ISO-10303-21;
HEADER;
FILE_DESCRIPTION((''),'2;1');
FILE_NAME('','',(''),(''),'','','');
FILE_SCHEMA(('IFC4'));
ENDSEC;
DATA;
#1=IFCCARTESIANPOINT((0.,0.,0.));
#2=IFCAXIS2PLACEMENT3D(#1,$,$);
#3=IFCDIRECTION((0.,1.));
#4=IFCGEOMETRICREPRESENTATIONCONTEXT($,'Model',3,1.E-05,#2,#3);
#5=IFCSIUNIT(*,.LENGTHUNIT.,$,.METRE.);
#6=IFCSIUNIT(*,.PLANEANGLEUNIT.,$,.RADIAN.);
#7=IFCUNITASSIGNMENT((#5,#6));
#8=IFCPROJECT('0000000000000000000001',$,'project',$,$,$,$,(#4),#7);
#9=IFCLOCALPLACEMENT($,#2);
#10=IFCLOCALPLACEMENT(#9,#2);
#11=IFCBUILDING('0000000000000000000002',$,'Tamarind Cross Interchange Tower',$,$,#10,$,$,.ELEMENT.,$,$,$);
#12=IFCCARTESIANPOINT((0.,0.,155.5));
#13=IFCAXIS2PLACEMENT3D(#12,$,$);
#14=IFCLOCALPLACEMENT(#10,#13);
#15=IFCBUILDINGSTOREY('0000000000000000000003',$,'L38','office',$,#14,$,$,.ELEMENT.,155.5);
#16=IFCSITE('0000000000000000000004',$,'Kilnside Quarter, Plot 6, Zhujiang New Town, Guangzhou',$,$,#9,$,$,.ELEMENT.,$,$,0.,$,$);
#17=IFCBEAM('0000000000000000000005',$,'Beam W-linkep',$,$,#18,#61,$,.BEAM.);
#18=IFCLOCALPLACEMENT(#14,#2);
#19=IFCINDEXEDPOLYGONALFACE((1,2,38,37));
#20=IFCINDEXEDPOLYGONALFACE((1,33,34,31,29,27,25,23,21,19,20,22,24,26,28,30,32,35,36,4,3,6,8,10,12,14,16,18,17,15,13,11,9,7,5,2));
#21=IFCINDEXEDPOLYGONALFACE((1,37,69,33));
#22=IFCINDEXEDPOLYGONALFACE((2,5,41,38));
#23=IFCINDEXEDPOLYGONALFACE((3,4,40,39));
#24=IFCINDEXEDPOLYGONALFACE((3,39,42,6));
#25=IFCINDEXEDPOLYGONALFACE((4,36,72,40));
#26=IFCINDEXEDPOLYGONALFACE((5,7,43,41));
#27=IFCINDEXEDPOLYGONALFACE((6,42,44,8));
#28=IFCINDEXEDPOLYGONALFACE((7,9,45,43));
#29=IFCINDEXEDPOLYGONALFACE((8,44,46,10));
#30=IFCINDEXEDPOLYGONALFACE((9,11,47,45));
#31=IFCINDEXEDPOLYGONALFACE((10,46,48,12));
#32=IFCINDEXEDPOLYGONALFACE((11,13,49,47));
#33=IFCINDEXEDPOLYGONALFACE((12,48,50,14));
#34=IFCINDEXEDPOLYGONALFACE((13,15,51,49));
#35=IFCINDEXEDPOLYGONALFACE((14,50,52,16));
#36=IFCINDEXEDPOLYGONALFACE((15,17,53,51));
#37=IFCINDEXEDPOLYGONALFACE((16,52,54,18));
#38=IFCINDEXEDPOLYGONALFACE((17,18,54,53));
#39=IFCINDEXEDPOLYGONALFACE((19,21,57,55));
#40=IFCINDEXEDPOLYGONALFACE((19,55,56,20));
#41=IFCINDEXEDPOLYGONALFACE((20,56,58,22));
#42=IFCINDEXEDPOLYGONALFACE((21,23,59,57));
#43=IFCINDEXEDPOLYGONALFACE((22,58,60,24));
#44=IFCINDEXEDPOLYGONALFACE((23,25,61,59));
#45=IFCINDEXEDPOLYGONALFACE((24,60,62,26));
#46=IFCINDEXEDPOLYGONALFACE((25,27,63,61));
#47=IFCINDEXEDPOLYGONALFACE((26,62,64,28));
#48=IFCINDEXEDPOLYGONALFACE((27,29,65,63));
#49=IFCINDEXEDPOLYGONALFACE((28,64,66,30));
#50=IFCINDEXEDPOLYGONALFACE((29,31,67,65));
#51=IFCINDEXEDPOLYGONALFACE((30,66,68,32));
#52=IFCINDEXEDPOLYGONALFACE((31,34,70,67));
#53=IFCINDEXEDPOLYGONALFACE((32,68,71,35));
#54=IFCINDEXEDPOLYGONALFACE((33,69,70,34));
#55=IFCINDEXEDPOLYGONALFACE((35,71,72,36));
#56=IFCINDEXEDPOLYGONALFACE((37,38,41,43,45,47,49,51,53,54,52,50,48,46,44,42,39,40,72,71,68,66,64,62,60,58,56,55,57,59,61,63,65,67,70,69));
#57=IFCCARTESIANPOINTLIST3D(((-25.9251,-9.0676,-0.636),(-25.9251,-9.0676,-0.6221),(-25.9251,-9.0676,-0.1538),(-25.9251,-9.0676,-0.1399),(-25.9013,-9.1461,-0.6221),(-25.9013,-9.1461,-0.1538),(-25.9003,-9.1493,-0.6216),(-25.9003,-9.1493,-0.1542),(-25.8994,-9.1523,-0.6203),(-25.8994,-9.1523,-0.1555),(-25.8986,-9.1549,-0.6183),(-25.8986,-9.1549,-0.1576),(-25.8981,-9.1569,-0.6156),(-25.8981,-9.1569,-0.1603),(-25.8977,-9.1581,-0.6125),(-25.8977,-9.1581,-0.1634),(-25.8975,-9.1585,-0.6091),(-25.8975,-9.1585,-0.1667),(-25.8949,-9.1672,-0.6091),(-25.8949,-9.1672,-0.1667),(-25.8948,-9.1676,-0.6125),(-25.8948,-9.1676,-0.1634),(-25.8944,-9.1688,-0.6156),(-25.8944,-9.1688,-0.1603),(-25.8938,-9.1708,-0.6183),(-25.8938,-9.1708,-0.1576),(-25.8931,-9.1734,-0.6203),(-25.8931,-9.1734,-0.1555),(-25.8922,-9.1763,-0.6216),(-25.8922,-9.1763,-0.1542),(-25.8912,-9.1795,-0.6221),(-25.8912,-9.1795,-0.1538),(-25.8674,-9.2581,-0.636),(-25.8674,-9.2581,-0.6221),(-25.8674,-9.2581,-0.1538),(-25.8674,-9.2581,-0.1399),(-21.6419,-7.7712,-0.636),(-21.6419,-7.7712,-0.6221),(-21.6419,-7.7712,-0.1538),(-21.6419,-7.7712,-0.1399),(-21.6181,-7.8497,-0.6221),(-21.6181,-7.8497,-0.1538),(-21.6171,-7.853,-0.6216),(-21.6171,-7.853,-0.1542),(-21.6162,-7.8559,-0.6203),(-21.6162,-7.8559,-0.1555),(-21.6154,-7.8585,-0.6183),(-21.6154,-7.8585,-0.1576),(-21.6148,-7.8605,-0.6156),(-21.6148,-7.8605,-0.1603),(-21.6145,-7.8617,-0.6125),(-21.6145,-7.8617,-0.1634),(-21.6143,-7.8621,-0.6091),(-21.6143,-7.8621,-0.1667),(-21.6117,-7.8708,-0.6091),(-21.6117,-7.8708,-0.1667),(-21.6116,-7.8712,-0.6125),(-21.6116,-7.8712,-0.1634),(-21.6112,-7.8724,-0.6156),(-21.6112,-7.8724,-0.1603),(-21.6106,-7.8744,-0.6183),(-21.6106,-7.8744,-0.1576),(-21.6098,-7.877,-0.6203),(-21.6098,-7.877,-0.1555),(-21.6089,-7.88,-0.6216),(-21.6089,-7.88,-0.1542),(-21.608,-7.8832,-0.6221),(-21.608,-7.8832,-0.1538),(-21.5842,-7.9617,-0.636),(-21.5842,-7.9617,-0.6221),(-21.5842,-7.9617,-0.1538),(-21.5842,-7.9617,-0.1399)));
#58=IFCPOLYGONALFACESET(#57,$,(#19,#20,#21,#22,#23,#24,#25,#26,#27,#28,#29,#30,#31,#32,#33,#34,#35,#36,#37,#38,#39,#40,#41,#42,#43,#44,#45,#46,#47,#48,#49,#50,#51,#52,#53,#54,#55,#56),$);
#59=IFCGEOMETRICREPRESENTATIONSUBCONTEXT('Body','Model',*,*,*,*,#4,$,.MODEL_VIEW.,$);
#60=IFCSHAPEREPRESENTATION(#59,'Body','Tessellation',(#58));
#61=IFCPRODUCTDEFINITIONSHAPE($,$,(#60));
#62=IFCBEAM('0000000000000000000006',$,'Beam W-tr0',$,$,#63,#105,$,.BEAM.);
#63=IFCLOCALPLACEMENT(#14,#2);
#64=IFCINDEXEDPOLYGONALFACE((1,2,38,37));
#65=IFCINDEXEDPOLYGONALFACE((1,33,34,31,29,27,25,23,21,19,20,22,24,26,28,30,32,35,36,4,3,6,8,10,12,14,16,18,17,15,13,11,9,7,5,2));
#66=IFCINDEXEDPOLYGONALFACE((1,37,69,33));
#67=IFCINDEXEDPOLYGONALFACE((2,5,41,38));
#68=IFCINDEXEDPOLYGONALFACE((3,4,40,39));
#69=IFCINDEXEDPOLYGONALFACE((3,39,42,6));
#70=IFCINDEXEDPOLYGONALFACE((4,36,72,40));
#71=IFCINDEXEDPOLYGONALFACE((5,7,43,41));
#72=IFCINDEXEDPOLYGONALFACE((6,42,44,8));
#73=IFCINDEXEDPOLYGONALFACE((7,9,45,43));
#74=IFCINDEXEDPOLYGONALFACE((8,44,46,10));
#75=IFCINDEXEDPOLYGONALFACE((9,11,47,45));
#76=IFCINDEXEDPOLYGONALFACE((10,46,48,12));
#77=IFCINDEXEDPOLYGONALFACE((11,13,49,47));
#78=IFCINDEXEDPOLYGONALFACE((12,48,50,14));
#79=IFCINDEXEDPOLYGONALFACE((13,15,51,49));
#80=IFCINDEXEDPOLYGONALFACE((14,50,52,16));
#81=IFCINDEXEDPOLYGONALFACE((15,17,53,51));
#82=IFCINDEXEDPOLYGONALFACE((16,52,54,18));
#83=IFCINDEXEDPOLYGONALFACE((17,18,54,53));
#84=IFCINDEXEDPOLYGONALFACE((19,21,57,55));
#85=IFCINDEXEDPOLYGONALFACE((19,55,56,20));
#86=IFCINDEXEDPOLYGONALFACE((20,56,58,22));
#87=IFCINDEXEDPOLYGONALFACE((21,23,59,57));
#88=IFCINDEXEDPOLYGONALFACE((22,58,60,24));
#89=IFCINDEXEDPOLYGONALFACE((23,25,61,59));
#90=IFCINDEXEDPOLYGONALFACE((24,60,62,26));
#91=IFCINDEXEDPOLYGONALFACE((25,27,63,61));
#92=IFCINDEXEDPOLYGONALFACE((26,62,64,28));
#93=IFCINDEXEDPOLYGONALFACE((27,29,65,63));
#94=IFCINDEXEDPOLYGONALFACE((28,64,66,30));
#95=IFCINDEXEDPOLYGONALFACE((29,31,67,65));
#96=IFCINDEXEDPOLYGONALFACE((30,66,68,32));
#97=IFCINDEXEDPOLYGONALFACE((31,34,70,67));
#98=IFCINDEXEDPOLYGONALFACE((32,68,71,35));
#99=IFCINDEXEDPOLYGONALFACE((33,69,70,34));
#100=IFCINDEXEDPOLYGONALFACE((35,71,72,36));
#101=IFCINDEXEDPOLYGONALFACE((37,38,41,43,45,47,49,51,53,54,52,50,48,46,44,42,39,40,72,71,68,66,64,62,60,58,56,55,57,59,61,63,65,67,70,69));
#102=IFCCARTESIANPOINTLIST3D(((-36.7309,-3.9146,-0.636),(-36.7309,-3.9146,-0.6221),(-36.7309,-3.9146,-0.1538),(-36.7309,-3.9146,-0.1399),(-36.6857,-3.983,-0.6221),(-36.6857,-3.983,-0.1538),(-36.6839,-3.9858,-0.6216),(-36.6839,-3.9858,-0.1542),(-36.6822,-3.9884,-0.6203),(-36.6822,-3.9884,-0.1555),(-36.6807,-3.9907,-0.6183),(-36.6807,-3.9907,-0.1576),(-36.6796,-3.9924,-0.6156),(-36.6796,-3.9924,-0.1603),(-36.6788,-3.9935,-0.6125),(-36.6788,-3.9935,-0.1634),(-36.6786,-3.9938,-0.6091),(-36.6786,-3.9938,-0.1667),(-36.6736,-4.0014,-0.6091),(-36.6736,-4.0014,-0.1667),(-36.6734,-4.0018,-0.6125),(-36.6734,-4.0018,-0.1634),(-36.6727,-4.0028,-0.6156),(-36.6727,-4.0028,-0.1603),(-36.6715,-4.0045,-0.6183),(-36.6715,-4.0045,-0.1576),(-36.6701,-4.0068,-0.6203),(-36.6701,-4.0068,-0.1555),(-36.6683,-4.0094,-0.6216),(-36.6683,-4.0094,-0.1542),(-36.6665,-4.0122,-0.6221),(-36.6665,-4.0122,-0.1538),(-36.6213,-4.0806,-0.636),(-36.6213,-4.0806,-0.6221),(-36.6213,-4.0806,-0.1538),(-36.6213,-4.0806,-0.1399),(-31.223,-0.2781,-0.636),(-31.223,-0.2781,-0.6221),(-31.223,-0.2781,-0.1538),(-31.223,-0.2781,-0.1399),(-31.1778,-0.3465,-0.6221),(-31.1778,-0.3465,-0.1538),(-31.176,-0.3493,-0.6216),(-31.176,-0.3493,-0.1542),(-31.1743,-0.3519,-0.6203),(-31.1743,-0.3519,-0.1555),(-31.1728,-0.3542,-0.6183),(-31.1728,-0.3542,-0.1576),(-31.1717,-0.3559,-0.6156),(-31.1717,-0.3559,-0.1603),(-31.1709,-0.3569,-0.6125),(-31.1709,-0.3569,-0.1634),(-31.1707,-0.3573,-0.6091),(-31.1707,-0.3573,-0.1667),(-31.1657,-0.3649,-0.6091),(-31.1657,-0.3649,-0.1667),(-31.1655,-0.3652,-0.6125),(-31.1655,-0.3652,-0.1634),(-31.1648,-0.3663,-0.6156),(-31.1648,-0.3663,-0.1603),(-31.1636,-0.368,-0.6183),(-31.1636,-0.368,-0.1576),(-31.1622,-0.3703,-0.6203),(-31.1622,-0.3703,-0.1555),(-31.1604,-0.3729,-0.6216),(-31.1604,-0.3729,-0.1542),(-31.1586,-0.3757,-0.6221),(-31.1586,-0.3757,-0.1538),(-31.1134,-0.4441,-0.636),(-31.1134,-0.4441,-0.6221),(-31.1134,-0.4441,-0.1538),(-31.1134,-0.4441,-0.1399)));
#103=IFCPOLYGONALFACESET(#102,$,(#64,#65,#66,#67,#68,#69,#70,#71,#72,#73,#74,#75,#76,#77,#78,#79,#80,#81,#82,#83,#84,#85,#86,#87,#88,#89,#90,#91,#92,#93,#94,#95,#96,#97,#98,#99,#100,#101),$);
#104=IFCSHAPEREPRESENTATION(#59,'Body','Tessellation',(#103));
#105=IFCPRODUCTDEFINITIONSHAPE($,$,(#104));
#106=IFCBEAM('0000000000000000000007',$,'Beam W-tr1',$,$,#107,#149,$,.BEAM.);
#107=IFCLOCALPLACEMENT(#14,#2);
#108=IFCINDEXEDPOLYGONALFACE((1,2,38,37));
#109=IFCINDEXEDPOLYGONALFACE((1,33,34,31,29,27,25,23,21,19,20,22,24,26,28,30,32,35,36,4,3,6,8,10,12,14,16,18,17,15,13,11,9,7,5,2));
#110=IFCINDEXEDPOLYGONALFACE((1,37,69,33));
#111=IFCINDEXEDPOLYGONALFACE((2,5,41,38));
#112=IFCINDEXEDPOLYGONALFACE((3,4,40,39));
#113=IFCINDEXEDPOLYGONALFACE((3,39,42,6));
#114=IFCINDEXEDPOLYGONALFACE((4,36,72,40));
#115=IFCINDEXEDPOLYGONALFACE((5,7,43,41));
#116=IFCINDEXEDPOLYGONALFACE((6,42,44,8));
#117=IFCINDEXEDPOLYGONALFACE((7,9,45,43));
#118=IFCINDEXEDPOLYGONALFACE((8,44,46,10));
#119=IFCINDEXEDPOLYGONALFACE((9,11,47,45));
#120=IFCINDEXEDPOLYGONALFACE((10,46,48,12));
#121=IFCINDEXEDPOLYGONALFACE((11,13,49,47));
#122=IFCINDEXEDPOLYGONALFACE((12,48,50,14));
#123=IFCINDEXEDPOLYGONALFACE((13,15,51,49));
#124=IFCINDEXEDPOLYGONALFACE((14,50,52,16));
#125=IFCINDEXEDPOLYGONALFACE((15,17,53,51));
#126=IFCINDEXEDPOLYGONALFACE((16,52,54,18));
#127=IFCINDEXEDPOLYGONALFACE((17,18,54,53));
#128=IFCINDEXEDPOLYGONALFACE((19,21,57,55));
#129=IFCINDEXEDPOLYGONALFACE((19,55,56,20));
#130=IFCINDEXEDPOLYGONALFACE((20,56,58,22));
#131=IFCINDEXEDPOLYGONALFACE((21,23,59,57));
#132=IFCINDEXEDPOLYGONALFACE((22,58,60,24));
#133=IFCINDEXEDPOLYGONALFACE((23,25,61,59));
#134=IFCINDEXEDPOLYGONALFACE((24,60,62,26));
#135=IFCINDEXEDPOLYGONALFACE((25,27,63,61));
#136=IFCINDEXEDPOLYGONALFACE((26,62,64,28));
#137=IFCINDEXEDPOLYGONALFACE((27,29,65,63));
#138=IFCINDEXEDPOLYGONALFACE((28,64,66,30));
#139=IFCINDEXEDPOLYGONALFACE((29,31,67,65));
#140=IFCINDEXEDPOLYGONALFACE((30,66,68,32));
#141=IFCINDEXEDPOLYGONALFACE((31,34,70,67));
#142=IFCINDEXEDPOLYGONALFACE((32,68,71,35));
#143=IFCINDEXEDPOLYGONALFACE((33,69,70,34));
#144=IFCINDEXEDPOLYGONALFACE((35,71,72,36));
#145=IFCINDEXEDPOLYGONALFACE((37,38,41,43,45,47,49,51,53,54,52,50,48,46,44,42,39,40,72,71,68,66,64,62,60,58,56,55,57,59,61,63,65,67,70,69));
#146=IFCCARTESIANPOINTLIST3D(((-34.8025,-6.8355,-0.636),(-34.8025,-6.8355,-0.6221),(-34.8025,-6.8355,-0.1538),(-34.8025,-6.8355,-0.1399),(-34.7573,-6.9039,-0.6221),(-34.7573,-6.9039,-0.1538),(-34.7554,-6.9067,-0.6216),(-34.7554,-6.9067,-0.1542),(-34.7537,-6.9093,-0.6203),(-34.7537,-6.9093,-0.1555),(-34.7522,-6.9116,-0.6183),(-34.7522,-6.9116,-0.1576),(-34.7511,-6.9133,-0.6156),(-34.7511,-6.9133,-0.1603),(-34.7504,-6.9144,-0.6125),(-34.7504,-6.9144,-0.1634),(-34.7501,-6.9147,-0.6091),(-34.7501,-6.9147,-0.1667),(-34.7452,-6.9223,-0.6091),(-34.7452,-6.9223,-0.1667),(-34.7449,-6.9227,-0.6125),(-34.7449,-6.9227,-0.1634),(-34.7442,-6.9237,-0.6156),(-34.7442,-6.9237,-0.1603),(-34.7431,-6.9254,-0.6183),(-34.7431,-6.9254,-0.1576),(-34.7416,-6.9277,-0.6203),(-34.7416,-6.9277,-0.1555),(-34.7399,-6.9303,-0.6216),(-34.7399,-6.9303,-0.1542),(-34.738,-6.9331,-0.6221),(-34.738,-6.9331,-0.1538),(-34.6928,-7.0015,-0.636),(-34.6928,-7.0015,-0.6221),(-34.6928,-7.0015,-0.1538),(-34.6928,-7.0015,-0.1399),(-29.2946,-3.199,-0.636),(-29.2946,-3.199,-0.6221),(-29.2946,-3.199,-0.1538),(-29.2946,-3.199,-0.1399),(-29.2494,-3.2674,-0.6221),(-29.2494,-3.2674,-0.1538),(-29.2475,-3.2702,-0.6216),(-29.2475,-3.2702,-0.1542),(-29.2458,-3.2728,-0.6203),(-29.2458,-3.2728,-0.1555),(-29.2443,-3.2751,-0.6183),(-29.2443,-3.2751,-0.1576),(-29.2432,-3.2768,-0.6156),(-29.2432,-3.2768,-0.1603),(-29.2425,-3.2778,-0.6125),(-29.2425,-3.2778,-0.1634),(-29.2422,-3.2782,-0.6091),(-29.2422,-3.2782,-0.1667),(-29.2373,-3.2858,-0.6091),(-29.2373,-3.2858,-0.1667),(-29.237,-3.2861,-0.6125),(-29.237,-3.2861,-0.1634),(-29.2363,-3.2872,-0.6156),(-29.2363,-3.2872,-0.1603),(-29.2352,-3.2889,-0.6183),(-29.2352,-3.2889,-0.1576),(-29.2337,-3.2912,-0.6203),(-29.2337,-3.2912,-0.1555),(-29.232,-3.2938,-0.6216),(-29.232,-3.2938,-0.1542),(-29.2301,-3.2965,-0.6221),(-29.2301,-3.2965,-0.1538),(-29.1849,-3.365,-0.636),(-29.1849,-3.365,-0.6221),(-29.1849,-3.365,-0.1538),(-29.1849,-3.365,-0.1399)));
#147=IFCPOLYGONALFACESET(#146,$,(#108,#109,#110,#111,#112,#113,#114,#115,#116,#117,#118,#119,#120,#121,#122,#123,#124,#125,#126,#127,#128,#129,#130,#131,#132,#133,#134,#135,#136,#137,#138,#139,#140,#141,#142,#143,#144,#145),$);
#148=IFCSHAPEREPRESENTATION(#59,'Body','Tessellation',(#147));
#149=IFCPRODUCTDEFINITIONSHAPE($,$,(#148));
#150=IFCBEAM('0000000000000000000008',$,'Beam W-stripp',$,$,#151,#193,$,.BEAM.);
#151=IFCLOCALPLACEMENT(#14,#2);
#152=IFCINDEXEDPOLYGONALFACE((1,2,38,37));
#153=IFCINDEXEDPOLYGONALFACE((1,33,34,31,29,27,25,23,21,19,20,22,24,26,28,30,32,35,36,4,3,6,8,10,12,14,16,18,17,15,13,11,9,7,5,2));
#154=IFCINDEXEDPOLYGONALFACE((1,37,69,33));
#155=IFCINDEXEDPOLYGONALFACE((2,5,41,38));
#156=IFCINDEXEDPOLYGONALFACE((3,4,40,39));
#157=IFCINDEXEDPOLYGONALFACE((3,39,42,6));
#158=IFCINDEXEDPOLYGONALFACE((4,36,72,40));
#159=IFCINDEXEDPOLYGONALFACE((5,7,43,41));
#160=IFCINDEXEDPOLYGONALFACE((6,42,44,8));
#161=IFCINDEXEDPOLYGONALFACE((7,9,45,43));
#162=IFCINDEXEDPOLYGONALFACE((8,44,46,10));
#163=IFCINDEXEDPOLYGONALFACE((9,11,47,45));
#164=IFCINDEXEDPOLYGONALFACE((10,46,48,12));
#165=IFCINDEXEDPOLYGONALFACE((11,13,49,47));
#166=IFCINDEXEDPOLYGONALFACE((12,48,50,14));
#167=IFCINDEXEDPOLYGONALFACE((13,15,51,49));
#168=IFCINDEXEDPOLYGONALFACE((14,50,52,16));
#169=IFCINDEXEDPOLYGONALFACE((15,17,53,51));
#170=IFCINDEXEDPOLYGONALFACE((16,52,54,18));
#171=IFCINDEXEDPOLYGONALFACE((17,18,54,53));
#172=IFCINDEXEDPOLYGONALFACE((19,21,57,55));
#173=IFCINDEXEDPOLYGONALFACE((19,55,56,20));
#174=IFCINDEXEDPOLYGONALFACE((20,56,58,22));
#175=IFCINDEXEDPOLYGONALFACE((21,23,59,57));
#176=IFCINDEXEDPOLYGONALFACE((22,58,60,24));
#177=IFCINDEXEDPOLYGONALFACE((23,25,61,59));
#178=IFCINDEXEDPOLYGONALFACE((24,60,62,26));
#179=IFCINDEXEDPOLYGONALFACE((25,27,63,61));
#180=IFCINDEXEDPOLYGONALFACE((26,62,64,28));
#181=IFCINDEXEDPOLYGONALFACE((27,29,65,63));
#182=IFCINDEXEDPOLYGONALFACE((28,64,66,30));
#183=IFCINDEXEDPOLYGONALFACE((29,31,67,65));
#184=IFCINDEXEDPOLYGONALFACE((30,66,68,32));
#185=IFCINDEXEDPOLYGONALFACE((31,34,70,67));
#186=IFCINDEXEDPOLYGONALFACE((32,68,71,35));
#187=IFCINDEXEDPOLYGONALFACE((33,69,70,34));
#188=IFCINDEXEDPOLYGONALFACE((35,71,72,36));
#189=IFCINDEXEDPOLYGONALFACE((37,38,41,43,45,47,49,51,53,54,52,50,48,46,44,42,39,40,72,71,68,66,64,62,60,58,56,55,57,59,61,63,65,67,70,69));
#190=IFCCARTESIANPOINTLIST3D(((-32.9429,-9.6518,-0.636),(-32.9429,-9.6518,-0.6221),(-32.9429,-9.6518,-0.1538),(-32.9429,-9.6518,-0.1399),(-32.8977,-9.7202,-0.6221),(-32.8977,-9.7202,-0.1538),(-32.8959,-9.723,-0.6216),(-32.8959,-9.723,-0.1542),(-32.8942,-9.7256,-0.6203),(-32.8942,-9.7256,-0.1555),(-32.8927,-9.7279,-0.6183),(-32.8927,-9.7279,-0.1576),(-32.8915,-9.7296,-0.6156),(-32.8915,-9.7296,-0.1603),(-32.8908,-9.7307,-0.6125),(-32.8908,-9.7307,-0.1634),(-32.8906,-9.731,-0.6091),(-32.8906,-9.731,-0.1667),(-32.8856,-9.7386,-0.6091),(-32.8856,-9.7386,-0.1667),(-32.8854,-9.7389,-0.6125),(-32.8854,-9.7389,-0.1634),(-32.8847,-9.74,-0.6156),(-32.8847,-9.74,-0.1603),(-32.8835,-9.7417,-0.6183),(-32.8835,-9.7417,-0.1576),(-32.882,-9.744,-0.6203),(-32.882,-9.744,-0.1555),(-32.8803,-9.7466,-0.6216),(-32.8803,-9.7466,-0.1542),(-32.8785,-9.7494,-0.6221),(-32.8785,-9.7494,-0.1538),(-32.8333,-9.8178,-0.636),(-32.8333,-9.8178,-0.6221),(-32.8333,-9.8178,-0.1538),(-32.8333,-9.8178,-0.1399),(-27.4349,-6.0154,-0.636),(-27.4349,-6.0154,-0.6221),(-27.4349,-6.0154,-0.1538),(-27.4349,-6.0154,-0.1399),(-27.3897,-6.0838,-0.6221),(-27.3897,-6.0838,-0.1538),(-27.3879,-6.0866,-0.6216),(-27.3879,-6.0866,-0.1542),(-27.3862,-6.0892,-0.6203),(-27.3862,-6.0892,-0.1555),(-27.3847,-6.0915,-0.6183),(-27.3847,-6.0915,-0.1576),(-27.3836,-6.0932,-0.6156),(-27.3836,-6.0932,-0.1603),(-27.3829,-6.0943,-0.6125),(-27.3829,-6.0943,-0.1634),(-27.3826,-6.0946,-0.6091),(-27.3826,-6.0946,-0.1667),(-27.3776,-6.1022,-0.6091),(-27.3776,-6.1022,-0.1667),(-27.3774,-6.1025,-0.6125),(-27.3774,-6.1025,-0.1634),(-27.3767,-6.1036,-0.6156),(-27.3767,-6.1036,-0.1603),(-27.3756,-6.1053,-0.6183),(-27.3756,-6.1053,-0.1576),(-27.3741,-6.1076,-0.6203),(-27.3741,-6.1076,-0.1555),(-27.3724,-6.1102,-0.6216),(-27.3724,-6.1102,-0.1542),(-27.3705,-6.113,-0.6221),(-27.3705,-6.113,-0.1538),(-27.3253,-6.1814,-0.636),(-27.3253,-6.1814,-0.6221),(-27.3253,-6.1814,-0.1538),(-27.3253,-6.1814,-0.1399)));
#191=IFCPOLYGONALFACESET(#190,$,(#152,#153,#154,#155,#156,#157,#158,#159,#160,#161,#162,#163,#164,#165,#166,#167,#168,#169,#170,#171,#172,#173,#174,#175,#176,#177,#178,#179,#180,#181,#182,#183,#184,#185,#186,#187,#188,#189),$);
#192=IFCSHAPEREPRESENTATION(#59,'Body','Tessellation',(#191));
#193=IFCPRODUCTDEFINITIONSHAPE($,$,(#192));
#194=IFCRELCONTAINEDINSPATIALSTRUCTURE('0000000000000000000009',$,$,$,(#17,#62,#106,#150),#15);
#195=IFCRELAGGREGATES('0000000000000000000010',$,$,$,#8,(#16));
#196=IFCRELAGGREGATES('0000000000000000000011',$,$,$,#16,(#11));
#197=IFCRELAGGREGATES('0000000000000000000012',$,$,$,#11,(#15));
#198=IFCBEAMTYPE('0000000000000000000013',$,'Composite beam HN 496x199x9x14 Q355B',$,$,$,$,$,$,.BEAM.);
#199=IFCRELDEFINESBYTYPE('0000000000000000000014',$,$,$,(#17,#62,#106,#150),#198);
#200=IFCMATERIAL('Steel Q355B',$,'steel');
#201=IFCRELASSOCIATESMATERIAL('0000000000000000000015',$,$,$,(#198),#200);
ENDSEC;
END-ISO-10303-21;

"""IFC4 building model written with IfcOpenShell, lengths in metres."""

from ifc_helpers import new_model, si_unit, direction, frame, origin, origin_2d, place, context, subcontext, project, spatial, i_section, extrude, material, material_profile, profile_set, type_object, element, save


model = new_model("IFC4")

# Units and contexts
model_context = context("Model", 3, precision=1e-05, world=origin(), true_north=direction((0.0, 1.0)))
body_context = subcontext(model_context, "Body", "Model", "MODEL_VIEW")
ifc_project = project(units=[si_unit("LENGTHUNIT", "METRE"), si_unit("PLANEANGLEUNIT", "RADIAN")], contexts=[model_context])

# Site, building, storey
site_placement = place(None, origin())
site = spatial("IfcSite", under=ifc_project, at=site_placement, Name="Kilnside Quarter, Plot 6, Zhujiang New Town, Guangzhou", CompositionType="ELEMENT", RefElevation=0.0)
building_placement = place(site_placement, origin())
building = spatial("IfcBuilding", under=site, at=building_placement, Name="Tamarind Cross Interchange Tower", CompositionType="ELEMENT")
storey_placement = place(building_placement, frame((0.0, 0.0, 155.5)))
storey = spatial("IfcBuildingStorey", under=building, at=storey_placement, Name="L38", Description="office", CompositionType="ELEMENT", Elevation=155.5)

# Beams
ifc_material_1 = material(Name="Steel Q355B", Category="steel")
ifc_material_profile_1 = material_profile(ifc_material_1, i_section(OverallWidth=0.199, OverallDepth=0.4961, WebThickness=0.009, FlangeThickness=0.0139, FilletRadius=0.0129, at=origin_2d()), Name="HN 496x199x9x14")
ifc_profile_set_1 = profile_set([ifc_material_profile_1], Name="Steel Q355B")
beam_type_1 = type_object("IfcBeamType", Name="Composite beam HN 496x199x9x14 Q355B", PredefinedType="BEAM", material=ifc_profile_set_1)
beam_1_placement = place(storey_placement, frame((-25.8962, -9.1628, -0.3879), z_axis=(0.957121, 0.289689, 0.0), x_axis=(-0.289689, 0.957121, 0.0)))
element("IfcBeam", 1, at=beam_1_placement, inside=storey, type_object=beam_type_1, Name="Beam W-linkep", PredefinedType="BEAM", context=body_context, shape_type="SweptSolid", body=[
    extrude(i_section(OverallWidth=0.199, OverallDepth=0.4961, WebThickness=0.009, FlangeThickness=0.0139, FilletRadius=0.0129, at=origin_2d()), origin(), (0.0, 0.0, 1.0), 4.4751),
])
for number, where, z_axis, x_axis, name in (
    (2, (-31.1682, -0.3611, -0.3879), (-0.834518, -0.550981, 0.0), (0.550981, -0.834518, 0.0), "Beam W-tr0"),
    (3, (-29.2397, -3.282, -0.3879), (-0.834518, -0.550981, 0.0), (0.550981, -0.834518, 0.0), "Beam W-tr1"),
    (4, (-27.3801, -6.0984, -0.3879), (-0.834529, -0.550964, 0.0), (0.550964, -0.834529, 0.0), "Beam W-stripp"),
):
    element("IfcBeam", number, at=place(storey_placement, frame(where, z_axis=z_axis, x_axis=x_axis)), inside=storey, type_object=beam_type_1, Name=name, PredefinedType="BEAM", context=body_context, shape_type="SweptSolid", body=[
        extrude(i_section(OverallWidth=0.199, OverallDepth=0.4961, WebThickness=0.009, FlangeThickness=0.0139, FilletRadius=0.0129, at=origin_2d()), origin(), (0.0, 0.0, 1.0), 6.6001),
    ])

save(model, "model.ifc")
